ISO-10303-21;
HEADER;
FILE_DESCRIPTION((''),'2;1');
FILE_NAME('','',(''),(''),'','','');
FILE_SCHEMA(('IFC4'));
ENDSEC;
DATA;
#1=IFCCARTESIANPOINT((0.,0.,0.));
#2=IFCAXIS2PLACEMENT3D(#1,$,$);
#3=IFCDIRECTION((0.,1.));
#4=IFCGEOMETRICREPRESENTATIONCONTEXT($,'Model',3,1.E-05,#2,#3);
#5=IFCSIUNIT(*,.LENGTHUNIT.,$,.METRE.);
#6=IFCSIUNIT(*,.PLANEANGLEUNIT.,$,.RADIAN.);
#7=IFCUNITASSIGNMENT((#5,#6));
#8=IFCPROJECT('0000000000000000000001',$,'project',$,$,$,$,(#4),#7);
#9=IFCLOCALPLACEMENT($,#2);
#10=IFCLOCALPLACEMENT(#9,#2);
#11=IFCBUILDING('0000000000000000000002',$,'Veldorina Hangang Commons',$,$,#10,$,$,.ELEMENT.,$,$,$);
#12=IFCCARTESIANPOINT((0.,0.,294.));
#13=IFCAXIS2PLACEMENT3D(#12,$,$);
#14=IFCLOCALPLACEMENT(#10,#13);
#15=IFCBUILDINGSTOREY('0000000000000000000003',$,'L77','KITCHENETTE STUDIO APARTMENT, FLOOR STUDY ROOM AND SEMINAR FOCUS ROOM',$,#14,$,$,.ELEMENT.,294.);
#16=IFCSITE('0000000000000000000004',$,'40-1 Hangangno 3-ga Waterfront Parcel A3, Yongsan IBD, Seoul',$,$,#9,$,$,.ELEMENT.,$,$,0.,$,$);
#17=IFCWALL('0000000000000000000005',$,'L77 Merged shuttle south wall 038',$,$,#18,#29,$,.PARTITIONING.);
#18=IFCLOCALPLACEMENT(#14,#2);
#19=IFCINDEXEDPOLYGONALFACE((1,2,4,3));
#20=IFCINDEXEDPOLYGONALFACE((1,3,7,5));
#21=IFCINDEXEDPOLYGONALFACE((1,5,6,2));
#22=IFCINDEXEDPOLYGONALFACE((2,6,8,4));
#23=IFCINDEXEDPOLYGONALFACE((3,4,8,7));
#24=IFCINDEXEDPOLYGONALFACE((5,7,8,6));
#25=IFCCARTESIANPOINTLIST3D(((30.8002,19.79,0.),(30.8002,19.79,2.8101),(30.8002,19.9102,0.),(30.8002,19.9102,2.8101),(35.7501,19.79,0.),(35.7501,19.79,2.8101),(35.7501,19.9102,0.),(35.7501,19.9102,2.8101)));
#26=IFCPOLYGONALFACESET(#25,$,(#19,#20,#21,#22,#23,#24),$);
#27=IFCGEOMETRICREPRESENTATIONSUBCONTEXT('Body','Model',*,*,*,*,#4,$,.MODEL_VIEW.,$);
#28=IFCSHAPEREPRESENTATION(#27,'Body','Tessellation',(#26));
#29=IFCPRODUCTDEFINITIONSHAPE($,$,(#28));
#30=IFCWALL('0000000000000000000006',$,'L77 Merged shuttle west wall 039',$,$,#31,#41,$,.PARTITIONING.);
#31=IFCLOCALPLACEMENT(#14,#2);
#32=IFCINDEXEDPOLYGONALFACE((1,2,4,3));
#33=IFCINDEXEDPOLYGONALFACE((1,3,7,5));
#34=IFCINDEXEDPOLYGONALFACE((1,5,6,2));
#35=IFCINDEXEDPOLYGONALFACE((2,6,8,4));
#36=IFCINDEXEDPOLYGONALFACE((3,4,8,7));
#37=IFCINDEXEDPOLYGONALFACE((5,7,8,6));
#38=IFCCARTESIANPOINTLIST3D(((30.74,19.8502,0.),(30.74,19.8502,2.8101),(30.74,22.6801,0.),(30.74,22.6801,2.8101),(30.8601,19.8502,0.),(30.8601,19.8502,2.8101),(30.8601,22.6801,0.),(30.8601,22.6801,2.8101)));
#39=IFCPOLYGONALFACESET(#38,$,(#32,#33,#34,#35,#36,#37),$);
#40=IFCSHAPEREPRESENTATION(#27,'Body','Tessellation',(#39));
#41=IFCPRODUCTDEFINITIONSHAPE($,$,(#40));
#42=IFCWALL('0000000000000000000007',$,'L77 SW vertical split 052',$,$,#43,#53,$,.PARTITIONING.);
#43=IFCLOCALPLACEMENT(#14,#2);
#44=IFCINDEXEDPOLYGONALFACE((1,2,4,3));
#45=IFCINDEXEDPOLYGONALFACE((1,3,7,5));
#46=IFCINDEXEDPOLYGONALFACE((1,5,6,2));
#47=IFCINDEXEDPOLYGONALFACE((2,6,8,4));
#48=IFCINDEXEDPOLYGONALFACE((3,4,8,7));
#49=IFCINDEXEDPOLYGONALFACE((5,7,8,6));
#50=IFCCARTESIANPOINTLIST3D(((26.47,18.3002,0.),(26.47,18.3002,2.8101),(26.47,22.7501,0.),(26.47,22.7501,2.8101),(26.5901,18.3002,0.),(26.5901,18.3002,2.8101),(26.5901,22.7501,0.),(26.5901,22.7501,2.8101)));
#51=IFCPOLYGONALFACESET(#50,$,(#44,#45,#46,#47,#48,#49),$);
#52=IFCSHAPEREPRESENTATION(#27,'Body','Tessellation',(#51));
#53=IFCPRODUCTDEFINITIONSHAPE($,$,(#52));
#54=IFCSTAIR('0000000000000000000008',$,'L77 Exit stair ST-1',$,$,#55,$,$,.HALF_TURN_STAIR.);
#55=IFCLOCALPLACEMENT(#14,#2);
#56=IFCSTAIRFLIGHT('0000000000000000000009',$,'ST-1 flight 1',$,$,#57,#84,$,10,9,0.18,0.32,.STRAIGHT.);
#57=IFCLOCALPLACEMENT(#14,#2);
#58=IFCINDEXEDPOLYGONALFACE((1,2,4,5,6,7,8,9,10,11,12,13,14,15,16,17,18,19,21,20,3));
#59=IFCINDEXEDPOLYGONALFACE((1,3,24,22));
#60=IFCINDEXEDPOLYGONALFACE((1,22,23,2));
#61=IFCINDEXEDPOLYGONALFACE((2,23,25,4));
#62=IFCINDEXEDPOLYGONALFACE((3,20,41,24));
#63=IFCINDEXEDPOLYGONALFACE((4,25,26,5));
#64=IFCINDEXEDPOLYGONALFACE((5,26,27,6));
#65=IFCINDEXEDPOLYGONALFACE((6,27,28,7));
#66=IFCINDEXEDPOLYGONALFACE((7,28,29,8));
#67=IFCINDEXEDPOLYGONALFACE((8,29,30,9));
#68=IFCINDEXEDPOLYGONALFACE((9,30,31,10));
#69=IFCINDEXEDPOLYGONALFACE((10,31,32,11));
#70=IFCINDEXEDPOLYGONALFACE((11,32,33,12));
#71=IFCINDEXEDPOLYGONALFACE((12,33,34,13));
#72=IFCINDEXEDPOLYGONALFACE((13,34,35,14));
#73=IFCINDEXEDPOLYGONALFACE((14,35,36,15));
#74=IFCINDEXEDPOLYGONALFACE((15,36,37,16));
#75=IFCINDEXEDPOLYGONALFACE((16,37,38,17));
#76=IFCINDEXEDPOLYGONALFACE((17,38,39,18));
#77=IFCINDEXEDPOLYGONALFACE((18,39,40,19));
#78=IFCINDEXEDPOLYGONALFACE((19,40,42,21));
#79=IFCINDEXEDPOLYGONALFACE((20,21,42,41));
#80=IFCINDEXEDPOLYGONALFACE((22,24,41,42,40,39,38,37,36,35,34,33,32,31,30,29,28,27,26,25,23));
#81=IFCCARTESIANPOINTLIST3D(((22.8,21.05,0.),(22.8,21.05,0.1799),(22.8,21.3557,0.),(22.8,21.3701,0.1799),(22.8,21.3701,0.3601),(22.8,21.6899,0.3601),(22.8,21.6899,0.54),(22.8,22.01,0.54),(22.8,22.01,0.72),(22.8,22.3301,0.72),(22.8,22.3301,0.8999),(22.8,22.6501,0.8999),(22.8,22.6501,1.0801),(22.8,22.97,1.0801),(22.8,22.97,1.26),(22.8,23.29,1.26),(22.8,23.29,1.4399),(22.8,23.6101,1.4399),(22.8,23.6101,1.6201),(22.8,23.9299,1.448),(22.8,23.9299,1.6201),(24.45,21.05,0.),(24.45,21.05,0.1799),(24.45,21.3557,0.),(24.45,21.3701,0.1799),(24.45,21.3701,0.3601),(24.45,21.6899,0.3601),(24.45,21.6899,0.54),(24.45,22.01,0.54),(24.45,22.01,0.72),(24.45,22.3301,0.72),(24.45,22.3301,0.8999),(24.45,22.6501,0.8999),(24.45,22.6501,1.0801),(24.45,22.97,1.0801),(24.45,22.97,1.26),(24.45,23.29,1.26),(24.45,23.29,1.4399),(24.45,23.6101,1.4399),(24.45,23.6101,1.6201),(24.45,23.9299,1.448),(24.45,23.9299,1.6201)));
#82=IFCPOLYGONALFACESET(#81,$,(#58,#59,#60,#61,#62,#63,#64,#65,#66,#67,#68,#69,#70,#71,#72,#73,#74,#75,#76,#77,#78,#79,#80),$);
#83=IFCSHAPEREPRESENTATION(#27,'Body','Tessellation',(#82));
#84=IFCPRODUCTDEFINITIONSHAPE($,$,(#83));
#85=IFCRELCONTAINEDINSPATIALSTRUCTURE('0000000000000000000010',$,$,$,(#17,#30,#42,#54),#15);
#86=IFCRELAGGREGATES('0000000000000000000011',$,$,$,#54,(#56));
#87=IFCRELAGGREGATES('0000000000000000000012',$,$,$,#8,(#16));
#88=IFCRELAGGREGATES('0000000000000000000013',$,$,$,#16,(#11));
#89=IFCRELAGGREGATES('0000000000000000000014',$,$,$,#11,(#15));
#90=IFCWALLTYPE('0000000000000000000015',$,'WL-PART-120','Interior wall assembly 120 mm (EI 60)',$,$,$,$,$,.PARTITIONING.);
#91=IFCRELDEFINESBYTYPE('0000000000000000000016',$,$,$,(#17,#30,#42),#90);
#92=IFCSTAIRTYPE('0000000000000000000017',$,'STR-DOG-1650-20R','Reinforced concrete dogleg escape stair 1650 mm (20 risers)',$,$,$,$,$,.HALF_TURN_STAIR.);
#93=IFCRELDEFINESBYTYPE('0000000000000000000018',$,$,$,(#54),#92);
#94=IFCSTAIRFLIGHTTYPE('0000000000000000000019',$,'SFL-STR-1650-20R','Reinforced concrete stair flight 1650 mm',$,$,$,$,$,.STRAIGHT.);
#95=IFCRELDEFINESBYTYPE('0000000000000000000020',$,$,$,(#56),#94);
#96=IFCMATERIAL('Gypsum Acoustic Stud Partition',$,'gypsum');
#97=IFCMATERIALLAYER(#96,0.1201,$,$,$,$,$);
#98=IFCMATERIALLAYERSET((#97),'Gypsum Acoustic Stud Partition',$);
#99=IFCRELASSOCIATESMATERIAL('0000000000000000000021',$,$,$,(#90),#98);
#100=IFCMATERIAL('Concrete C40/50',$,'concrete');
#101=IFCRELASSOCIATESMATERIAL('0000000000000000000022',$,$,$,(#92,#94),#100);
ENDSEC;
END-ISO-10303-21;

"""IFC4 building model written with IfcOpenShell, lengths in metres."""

from ifc_helpers import new_model, si_unit, direction, frame, frame_2d, origin, place, context, subcontext, project, spatial, polyline, rectangle, outline, extrude, material, layer, layer_set, type_object, element, aggregate, save


model = new_model("IFC4")

# Units and contexts
model_context = context("Model", 3, precision=1e-05, world=origin(), true_north=direction((0.0, 1.0)))
body_context = subcontext(model_context, "Body", "Model", "MODEL_VIEW")
ifc_project = project(units=[si_unit("LENGTHUNIT", "METRE"), si_unit("PLANEANGLEUNIT", "RADIAN")], contexts=[model_context])

# Site, building, storey
site_placement = place(None, origin())
site = spatial("IfcSite", under=ifc_project, at=site_placement, Name="40-1 Hangangno 3-ga Waterfront Parcel A3, Yongsan IBD, Seoul", CompositionType="ELEMENT", RefElevation=0.0)
building_placement = place(site_placement, origin())
building = spatial("IfcBuilding", under=site, at=building_placement, Name="Veldorina Hangang Commons", CompositionType="ELEMENT")
storey_placement = place(building_placement, frame((0.0, 0.0, 294.0)))
storey = spatial("IfcBuildingStorey", under=building, at=storey_placement, Name="L77", Description="KITCHENETTE STUDIO APARTMENT, FLOOR STUDY ROOM AND SEMINAR FOCUS ROOM", CompositionType="ELEMENT", Elevation=294.0)

# Shared definitions
ifc_material_1 = material(Name="Gypsum Acoustic Stud Partition", Category="gypsum")
ifc_layer_1 = layer(ifc_material_1, 0.1201)
ifc_layer_set_1 = layer_set([ifc_layer_1], Name="Gypsum Acoustic Stud Partition")
wall_type_1 = type_object("IfcWallType", Name="WL-PART-120", Description="Interior wall assembly 120 mm (EI 60)", PredefinedType="PARTITIONING", material=ifc_layer_set_1)

# Walls
wall_1_placement = place(storey_placement, frame((30.8, 19.8501, 0.0), z_axis=(0.0, 0.0, 1.0), x_axis=(1.0, 0.0, 0.0)))
element("IfcWall", 1, at=wall_1_placement, inside=storey, type_object=wall_type_1, Name="L77 Merged shuttle south wall 038", PredefinedType="PARTITIONING", context=body_context, shape_type="SweptSolid", body=[
    extrude(rectangle(XDim=4.95, YDim=0.1201, at=frame_2d((2.4751, 0.0))), origin(), (0.0, 0.0, 1.0), 2.8101),
])
wall_2_placement = place(storey_placement, frame((30.8, 19.8501, 0.0), z_axis=(0.0, 0.0, 1.0), x_axis=(0.0, 1.0, 0.0)))
element("IfcWall", 2, at=wall_2_placement, inside=storey, type_object=wall_type_1, Name="L77 Merged shuttle west wall 039", PredefinedType="PARTITIONING", context=body_context, shape_type="SweptSolid", body=[
    extrude(rectangle(XDim=2.8298, YDim=0.1201, at=frame_2d((1.415, 0.0))), origin(), (0.0, 0.0, 1.0), 2.8101),
])
wall_3_placement = place(storey_placement, frame((26.53, 18.3, 0.0), z_axis=(0.0, 0.0, 1.0), x_axis=(0.0, 1.0, 0.0)))
element("IfcWall", 3, at=wall_3_placement, inside=storey, type_object=wall_type_1, Name="L77 SW vertical split 052", PredefinedType="PARTITIONING", context=body_context, shape_type="SweptSolid", body=[
    extrude(rectangle(XDim=4.45, YDim=0.1201, at=frame_2d((2.2251, 0.0))), origin(), (0.0, 0.0, 1.0), 2.8101),
])

# Stair, stair flight
ifc_material_2 = material(Name="Concrete C40/50", Category="concrete")
stair_type = type_object("IfcStairType", Name="STR-DOG-1650-20R", Description="Reinforced concrete dogleg escape stair 1650 mm (20 risers)", PredefinedType="HALF_TURN_STAIR", material=ifc_material_2)
stair_placement = place(storey_placement, origin())
stair = element("IfcStair", 4, at=stair_placement, inside=storey, type_object=stair_type, Name="L77 Exit stair ST-1", PredefinedType="HALF_TURN_STAIR")
stair_flight_type = type_object("IfcStairFlightType", Name="SFL-STR-1650-20R", Description="Reinforced concrete stair flight 1650 mm", PredefinedType="STRAIGHT", material=ifc_material_2)
stair_flight_placement = place(storey_placement, frame((23.625, 21.05, 0.0), z_axis=(0.0, 0.0, 1.0), x_axis=(0.0, 1.0, 0.0)))
stair_flight = element("IfcStairFlight", 5, at=stair_flight_placement, type_object=stair_flight_type, Name="ST-1 flight 1", NumberOfRisers=10, NumberOfTreads=9, PredefinedType="STRAIGHT", RiserHeight=0.18, TreadLength=0.32, context=body_context, shape_type="SweptSolid", body=[
    extrude(outline(polyline([(0.0, 0.0), (0.0, 0.1799), (0.3201, 0.1799), (0.3201, 0.3601), (0.6399, 0.3601), (0.6399, 0.54), (0.96, 0.54), (0.96, 0.72), (1.28, 0.72), (1.28, 0.8999), (1.6001, 0.8999), (1.6001, 1.0801), (1.9199, 1.0801), (1.9199, 1.26), (2.24, 1.26), (2.24, 1.4399), (2.5601, 1.4399), (2.5601, 1.6201), (2.8799, 1.6201), (2.8799, 1.8), (2.8799, 1.448), (0.3057, 0.0), (0.0, 0.0)])), frame((0.0, 0.825, 0.0), z_axis=(0.0, -1.0, 0.0), x_axis=(1.0, 0.0, 0.0)), (0.0, 0.0, 1.0), 1.6499),
])
aggregate(stair, [stair_flight])

save(model, "model.ifc")
